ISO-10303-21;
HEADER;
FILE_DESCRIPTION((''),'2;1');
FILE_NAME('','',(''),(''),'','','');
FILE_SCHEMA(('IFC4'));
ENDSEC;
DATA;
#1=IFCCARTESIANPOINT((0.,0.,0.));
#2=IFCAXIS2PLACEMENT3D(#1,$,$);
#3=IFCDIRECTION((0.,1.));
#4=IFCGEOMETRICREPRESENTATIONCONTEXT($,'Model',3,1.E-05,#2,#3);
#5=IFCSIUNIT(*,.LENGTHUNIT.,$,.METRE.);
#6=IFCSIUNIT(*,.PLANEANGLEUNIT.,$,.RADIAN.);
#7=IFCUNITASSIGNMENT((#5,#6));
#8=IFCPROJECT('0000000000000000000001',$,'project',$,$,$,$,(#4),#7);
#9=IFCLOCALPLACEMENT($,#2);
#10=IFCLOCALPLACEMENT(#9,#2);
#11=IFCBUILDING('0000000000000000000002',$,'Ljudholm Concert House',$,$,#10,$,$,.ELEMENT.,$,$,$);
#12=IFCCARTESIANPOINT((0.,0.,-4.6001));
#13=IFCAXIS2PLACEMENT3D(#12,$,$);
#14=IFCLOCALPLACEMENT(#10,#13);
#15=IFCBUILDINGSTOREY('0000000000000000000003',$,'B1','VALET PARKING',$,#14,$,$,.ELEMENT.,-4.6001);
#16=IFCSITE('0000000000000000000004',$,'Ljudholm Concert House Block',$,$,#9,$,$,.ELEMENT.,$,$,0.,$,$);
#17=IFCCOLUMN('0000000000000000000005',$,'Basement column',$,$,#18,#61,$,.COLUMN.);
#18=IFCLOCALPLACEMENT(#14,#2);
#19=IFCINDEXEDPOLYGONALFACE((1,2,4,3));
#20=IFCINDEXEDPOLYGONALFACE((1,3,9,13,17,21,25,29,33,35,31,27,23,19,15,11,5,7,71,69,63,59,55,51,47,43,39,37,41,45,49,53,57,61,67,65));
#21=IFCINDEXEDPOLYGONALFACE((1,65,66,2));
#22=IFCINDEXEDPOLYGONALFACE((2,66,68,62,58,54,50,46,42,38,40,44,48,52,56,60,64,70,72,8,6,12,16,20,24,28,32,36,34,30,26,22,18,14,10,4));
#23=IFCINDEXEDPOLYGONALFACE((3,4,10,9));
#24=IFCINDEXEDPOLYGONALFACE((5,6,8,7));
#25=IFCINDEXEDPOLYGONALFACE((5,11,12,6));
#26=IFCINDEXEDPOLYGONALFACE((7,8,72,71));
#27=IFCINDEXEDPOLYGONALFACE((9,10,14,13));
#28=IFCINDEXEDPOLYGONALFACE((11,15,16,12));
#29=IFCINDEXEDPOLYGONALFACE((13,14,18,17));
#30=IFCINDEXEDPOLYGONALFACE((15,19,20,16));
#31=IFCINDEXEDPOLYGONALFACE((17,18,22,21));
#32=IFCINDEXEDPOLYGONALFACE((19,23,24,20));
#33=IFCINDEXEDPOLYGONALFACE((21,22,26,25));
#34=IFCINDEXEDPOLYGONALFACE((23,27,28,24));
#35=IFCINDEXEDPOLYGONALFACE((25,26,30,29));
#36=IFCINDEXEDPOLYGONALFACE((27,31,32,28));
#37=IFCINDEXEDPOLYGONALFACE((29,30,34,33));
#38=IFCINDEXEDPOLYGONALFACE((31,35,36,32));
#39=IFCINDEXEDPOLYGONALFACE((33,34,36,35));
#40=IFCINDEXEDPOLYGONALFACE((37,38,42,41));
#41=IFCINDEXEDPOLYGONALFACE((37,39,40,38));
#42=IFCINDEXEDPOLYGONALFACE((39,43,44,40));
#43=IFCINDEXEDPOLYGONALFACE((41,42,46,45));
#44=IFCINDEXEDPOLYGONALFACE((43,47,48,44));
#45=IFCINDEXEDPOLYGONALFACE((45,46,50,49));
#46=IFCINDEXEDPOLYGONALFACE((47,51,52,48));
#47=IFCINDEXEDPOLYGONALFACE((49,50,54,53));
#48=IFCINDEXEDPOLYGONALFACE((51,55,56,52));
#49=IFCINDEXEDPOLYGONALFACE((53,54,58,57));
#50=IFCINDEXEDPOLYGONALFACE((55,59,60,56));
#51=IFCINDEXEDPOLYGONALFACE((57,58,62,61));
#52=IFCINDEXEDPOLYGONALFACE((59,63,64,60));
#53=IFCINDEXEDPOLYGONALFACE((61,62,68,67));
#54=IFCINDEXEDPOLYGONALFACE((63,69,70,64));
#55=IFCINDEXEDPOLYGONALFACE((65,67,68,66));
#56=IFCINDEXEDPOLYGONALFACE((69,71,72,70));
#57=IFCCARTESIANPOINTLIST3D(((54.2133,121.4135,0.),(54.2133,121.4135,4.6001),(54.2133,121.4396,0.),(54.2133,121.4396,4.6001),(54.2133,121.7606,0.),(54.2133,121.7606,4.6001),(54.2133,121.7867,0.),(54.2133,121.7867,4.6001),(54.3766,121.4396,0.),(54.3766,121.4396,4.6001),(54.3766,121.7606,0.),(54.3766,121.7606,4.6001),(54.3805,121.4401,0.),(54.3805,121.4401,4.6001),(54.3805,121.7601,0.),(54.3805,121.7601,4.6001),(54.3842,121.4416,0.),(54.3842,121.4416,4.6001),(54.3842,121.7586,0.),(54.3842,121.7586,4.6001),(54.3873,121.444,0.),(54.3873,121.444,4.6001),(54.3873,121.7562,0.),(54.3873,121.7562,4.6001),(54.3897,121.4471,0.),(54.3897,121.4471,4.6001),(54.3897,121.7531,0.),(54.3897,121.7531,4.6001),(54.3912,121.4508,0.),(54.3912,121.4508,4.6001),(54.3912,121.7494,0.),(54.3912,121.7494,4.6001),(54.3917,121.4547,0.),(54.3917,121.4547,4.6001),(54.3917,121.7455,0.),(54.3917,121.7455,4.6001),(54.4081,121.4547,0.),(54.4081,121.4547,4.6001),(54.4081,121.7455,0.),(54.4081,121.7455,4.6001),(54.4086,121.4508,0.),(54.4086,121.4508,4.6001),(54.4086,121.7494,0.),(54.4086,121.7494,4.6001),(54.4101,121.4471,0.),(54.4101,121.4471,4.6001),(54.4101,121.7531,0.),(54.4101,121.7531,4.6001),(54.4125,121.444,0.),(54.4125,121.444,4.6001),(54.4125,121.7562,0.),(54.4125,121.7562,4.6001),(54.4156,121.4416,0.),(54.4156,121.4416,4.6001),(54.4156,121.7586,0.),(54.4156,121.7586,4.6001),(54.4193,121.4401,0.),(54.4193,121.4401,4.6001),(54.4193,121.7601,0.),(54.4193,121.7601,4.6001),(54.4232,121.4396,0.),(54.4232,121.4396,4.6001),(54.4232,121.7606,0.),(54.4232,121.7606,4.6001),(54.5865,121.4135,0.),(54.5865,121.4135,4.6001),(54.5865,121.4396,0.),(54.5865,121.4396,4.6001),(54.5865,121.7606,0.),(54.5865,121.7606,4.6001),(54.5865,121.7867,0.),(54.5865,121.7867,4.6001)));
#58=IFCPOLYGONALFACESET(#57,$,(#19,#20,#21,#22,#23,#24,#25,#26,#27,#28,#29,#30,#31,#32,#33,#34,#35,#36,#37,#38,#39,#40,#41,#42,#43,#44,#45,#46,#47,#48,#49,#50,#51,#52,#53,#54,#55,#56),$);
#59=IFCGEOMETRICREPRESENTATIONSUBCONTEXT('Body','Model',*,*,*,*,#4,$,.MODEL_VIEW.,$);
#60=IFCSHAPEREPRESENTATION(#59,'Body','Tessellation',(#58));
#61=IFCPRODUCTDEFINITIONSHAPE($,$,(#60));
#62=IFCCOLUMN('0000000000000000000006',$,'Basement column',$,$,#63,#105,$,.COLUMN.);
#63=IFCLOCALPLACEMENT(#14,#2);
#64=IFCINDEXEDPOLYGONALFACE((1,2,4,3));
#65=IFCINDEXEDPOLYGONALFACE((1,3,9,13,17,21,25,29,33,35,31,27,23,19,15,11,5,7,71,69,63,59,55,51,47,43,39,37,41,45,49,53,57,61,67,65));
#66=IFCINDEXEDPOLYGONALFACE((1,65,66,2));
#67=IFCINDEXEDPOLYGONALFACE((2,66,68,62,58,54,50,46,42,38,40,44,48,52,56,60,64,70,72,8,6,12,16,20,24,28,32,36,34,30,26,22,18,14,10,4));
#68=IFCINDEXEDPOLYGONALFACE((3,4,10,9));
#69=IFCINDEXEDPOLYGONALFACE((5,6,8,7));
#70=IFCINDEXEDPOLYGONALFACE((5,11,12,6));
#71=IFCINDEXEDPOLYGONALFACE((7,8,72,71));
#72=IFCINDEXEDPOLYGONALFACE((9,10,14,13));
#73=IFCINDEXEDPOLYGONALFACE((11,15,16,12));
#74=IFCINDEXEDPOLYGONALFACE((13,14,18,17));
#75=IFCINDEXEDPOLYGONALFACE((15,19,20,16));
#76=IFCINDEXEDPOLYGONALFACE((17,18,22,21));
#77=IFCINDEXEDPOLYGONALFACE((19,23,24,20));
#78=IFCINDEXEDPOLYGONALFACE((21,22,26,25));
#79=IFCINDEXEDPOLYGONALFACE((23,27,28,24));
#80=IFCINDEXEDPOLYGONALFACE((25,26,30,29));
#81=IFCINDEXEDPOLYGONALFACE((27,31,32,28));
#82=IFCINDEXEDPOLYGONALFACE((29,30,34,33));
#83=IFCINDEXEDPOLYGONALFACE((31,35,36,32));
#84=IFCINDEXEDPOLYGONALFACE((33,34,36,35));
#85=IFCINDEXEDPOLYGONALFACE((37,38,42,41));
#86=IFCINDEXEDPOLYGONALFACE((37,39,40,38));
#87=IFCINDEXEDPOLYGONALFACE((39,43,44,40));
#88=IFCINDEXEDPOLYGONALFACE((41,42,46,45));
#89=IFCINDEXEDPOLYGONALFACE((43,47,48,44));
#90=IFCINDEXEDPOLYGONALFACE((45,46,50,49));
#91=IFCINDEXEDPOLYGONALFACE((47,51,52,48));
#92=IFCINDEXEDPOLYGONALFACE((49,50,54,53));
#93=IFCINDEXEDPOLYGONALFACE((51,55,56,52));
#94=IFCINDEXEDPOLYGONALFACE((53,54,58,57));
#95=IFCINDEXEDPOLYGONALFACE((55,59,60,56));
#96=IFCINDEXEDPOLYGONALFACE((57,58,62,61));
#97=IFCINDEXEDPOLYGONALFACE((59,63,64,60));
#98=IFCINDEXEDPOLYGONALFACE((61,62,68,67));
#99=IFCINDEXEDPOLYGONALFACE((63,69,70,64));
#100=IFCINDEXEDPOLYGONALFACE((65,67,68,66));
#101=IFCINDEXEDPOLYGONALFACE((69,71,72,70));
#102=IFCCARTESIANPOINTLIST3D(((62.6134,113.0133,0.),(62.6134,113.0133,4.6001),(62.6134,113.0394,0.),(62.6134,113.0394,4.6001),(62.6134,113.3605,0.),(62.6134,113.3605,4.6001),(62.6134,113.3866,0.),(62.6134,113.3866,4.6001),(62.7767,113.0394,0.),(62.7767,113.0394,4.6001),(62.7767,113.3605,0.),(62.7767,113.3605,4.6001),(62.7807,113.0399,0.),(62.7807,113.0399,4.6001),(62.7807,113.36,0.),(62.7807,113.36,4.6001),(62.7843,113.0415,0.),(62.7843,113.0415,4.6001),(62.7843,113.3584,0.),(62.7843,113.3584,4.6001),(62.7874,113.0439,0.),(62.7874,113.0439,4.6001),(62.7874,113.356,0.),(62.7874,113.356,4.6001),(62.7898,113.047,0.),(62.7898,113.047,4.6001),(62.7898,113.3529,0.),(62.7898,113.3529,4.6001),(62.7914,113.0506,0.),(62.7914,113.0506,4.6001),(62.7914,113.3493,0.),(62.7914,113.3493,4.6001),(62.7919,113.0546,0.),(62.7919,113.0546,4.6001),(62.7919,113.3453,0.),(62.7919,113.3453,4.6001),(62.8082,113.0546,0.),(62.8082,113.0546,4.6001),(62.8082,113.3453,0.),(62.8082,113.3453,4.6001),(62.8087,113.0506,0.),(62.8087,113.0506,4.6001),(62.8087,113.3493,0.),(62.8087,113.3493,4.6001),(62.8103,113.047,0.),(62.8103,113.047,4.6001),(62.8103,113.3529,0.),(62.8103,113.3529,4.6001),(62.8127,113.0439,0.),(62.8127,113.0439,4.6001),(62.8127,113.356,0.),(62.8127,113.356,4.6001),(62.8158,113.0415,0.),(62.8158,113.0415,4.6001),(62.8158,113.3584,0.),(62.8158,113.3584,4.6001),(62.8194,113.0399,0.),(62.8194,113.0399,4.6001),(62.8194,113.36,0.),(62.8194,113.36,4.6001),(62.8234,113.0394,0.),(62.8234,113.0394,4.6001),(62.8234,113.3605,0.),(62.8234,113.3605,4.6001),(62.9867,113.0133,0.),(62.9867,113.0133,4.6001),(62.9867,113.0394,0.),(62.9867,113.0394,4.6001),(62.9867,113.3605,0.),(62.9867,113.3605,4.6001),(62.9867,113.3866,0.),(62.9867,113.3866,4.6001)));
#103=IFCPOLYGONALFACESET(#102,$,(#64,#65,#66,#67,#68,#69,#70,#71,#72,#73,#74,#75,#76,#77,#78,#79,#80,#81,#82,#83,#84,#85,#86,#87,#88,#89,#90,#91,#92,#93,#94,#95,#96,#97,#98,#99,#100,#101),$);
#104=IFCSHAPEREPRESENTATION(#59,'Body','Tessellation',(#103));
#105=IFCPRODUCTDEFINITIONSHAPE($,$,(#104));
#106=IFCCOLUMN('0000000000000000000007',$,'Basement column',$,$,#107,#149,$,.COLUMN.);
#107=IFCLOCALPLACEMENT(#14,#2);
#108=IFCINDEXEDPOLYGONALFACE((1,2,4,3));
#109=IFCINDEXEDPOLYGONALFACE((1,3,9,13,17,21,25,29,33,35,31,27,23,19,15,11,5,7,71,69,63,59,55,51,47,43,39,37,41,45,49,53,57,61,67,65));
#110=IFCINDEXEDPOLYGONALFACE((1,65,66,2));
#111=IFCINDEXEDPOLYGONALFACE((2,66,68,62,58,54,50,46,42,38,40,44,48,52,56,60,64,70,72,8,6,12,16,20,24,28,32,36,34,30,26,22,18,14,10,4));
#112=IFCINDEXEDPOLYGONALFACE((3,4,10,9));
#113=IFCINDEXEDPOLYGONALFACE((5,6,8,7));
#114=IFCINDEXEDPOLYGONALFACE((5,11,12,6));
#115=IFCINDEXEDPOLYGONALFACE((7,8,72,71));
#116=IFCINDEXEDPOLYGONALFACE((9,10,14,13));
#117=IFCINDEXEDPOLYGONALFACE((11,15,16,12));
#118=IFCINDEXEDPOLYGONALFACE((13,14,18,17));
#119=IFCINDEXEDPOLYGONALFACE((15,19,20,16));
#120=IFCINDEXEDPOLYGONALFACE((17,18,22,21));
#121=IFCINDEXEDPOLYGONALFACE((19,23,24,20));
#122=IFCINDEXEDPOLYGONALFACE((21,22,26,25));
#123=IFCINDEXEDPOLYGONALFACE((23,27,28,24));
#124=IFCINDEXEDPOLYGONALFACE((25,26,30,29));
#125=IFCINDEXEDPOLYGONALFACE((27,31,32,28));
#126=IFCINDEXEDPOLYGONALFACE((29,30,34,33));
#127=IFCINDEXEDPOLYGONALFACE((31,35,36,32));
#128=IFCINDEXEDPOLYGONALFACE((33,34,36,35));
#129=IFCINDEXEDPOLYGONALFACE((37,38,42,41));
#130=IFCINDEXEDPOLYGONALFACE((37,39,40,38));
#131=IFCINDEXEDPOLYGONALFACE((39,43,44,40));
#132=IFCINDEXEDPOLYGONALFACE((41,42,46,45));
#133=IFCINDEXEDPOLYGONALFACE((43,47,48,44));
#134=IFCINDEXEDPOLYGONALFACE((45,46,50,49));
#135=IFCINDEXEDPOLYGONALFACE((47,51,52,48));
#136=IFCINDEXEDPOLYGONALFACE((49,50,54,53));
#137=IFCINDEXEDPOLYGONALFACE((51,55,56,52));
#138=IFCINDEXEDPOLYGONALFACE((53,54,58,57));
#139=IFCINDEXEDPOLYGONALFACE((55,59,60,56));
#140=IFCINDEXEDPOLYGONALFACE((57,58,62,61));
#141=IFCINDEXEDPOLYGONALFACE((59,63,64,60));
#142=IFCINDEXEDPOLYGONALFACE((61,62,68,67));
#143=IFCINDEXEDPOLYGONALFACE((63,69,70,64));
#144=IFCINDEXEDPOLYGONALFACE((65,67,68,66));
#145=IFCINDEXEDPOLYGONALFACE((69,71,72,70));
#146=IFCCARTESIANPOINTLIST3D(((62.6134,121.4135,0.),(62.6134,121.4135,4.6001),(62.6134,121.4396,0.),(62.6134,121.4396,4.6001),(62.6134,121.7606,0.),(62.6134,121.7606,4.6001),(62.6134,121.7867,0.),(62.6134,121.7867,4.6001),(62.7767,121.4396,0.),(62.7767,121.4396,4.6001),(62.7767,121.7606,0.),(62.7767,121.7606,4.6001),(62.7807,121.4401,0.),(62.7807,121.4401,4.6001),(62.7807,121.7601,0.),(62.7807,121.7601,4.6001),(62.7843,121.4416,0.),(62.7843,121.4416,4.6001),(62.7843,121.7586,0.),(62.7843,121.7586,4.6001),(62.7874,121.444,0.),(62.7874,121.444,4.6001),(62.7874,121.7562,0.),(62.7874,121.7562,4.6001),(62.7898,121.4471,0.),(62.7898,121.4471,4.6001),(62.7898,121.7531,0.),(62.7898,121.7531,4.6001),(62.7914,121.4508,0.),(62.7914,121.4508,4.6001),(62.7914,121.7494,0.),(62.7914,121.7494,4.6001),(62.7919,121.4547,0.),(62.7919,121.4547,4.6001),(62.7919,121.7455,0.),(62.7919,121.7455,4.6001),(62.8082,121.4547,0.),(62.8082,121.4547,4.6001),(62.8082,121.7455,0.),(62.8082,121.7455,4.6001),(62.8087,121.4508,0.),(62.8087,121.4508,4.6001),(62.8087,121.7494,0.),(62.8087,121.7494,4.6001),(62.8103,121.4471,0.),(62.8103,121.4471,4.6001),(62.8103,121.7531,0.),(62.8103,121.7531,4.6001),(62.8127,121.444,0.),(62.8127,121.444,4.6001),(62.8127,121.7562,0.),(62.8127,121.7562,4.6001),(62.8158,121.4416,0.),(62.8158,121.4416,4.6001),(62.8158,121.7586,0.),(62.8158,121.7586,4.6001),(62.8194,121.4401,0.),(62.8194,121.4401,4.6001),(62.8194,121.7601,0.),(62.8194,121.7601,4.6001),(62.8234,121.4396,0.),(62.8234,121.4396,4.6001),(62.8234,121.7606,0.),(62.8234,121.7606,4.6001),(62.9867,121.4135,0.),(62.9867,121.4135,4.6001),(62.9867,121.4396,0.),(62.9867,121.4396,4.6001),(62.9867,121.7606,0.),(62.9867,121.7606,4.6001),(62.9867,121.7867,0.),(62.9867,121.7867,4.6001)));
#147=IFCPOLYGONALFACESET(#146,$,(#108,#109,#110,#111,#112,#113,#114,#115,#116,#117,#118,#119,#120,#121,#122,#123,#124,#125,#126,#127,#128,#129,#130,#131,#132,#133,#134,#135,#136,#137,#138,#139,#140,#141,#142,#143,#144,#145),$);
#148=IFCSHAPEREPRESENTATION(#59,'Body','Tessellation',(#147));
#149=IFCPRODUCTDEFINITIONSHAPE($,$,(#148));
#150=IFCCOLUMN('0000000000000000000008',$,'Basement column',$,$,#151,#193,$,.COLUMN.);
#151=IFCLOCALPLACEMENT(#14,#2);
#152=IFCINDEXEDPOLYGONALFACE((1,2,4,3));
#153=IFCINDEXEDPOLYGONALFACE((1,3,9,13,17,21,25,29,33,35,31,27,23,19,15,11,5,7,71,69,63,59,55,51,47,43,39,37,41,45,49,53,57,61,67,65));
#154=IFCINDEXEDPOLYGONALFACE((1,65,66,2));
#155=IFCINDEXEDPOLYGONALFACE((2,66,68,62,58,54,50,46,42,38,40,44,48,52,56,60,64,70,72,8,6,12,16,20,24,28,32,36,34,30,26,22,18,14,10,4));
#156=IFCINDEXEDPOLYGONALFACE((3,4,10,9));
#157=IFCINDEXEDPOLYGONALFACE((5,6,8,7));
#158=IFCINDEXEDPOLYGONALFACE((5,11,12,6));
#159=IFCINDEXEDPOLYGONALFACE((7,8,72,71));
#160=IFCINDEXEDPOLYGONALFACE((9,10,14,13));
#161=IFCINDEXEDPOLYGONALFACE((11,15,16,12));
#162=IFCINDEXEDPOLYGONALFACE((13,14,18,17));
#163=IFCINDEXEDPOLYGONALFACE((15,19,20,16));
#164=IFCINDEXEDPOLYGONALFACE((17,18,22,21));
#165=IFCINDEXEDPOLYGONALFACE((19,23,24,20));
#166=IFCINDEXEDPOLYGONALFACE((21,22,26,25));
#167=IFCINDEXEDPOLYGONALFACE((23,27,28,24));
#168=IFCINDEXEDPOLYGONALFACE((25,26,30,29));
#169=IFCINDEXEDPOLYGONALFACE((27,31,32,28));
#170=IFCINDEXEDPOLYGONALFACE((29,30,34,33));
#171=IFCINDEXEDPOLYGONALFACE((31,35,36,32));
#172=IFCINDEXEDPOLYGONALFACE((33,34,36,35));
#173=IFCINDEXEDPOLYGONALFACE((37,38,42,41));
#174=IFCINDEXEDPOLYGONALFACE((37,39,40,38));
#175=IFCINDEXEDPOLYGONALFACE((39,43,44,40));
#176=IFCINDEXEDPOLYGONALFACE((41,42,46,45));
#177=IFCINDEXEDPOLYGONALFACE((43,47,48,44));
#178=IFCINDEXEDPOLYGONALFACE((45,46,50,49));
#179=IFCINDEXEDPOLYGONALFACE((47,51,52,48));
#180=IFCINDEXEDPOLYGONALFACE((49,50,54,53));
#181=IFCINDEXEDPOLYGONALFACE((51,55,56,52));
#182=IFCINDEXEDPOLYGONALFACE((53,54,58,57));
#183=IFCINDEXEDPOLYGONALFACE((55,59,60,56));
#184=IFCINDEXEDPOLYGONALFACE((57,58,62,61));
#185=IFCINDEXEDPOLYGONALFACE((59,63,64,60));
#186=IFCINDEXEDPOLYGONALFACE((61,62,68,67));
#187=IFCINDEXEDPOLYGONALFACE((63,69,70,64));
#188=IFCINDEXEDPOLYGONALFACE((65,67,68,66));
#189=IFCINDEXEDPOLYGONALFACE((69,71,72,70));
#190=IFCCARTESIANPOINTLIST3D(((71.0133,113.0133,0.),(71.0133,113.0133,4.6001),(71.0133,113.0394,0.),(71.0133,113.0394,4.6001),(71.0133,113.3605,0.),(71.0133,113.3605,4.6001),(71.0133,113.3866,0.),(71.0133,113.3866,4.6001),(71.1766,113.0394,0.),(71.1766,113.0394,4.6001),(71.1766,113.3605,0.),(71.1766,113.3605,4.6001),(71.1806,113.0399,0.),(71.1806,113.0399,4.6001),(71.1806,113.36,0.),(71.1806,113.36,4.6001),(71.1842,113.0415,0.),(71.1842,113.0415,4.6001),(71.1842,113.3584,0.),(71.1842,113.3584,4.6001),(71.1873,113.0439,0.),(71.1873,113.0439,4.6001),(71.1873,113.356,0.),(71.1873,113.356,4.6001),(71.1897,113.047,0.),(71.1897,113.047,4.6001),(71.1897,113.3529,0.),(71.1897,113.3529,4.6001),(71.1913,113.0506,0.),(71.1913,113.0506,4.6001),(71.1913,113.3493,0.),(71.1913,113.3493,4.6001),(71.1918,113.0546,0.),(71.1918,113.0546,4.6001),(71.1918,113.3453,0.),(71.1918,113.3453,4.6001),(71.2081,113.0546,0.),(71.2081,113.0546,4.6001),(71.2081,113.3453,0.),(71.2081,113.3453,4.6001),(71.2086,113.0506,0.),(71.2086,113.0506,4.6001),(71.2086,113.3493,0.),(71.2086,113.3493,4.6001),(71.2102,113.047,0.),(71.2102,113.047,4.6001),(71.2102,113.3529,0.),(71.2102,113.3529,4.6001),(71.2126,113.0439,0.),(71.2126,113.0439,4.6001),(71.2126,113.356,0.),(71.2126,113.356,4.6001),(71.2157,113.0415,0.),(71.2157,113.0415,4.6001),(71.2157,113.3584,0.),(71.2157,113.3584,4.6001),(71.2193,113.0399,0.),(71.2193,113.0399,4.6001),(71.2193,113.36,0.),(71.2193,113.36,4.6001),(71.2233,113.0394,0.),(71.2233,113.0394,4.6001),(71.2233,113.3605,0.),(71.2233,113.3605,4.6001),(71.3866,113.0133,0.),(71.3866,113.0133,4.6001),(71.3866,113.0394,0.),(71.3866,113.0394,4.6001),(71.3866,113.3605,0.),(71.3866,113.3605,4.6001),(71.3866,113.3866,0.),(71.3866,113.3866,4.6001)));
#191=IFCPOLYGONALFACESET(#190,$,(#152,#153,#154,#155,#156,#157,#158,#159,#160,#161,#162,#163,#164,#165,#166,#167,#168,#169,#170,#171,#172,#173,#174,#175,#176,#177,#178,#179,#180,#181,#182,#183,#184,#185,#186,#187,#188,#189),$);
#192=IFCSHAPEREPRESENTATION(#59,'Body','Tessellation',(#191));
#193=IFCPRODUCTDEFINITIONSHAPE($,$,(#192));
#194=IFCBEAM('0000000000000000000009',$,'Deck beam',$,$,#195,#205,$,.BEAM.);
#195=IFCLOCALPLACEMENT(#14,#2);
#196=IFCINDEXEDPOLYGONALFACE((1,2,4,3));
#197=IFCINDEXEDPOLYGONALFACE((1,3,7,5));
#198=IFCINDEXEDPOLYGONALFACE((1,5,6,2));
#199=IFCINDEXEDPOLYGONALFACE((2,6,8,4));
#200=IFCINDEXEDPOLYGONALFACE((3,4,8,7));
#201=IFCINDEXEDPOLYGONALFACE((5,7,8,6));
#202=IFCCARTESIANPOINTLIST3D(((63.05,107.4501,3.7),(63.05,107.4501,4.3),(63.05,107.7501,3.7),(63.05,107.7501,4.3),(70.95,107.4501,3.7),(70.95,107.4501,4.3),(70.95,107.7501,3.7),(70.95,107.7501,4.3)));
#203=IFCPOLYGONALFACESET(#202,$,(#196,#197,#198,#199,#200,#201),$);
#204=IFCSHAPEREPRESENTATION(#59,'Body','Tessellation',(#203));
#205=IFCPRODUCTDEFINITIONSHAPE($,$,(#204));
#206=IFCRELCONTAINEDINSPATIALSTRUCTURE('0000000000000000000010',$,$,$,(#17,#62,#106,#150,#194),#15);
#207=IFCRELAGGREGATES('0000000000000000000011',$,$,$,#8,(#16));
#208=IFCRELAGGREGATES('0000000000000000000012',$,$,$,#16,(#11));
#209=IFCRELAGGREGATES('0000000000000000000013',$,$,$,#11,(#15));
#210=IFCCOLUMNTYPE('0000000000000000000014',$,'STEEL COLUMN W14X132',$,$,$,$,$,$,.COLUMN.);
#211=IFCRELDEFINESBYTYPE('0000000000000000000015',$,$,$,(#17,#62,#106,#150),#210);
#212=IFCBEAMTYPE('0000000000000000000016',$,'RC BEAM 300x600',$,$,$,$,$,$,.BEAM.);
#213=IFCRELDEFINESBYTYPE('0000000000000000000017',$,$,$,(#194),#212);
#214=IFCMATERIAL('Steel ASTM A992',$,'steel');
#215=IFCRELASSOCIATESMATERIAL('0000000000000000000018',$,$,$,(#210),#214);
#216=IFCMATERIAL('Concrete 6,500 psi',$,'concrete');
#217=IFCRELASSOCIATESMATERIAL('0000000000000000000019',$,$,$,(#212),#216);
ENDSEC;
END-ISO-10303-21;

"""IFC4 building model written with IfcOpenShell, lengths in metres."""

from ifc_helpers import new_model, si_unit, direction, frame, origin, origin_2d, place, context, subcontext, project, spatial, rectangle, i_section, extrude, material, material_profile, profile_set, type_object, element, save


model = new_model("IFC4")

# Units and contexts
model_context = context("Model", 3, precision=1e-05, world=origin(), true_north=direction((0.0, 1.0)))
body_context = subcontext(model_context, "Body", "Model", "MODEL_VIEW")
ifc_project = project(units=[si_unit("LENGTHUNIT", "METRE"), si_unit("PLANEANGLEUNIT", "RADIAN")], contexts=[model_context])

# Site, building, storey
site_placement = place(None, origin())
site = spatial("IfcSite", under=ifc_project, at=site_placement, Name="Ljudholm Concert House Block", CompositionType="ELEMENT", RefElevation=0.0)
building_placement = place(site_placement, origin())
building = spatial("IfcBuilding", under=site, at=building_placement, Name="Ljudholm Concert House", CompositionType="ELEMENT")
storey_placement = place(building_placement, frame((0.0, 0.0, -4.6001)))
storey = spatial("IfcBuildingStorey", under=building, at=storey_placement, Name="B1", Description="VALET PARKING", CompositionType="ELEMENT", Elevation=-4.6001)

# Columns
ifc_material_1 = material(Name="Steel ASTM A992", Category="steel")
ifc_material_profile_1 = material_profile(ifc_material_1, i_section(OverallWidth=0.3733, OverallDepth=0.3733, WebThickness=0.0164, FlangeThickness=0.0261, FilletRadius=0.0151, at=origin_2d()), Name="W14X132")
ifc_profile_set_1 = profile_set([ifc_material_profile_1], Name="Steel ASTM A992")
column_type = type_object("IfcColumnType", Name="STEEL COLUMN W14X132", PredefinedType="COLUMN", material=ifc_profile_set_1)
for number, where, z_axis, x_axis, name in (
    (1, (54.3999, 121.6001, 0.0), (0.0, 0.0, 1.0), (1.0, 0.0, 0.0), "Basement column"),
    (2, (62.8, 113.2, 0.0), (0.0, 0.0, 1.0), (1.0, 0.0, 0.0), "Basement column"),
    (3, (62.8, 121.6001, 0.0), (0.0, 0.0, 1.0), (1.0, 0.0, 0.0), "Basement column"),
    (4, (71.2, 113.2, 0.0), (0.0, 0.0, 1.0), (1.0, 0.0, 0.0), "Basement column"),
):
    element("IfcColumn", number, at=place(storey_placement, frame(where, z_axis=z_axis, x_axis=x_axis)), inside=storey, type_object=column_type, Name=name, PredefinedType="COLUMN", context=body_context, shape_type="SweptSolid", body=[
        extrude(i_section(OverallWidth=0.3733, OverallDepth=0.3733, WebThickness=0.0164, FlangeThickness=0.0261, FilletRadius=0.0151, at=origin_2d()), origin(), (0.0, 0.0, 1.0), 4.6001),
    ])

# Beam
ifc_material_2 = material(Name="Concrete 6,500 psi", Category="concrete")
ifc_material_profile_2 = material_profile(ifc_material_2, rectangle(XDim=0.3, YDim=0.6001, at=origin_2d()), Name="RC BEAM 300x600")
ifc_profile_set_2 = profile_set([ifc_material_profile_2], Name="Concrete 6,500 psi")
beam_type_1 = type_object("IfcBeamType", Name="RC BEAM 300x600", PredefinedType="BEAM", material=ifc_profile_set_2)
for number, where, z_axis, x_axis, name in (
    (5, (63.05, 107.6001, 4.0), (1.0, 0.0, 0.0), (0.0, 1.0, 0.0), "Deck beam"),
):
    element("IfcBeam", number, at=place(storey_placement, frame(where, z_axis=z_axis, x_axis=x_axis)), inside=storey, type_object=beam_type_1, Name=name, PredefinedType="BEAM", context=body_context, shape_type="SweptSolid", body=[
        extrude(rectangle(XDim=0.3, YDim=0.6001, at=origin_2d()), origin(), (0.0, 0.0, 1.0), 7.8999),
    ])

save(model, "model.ifc")
